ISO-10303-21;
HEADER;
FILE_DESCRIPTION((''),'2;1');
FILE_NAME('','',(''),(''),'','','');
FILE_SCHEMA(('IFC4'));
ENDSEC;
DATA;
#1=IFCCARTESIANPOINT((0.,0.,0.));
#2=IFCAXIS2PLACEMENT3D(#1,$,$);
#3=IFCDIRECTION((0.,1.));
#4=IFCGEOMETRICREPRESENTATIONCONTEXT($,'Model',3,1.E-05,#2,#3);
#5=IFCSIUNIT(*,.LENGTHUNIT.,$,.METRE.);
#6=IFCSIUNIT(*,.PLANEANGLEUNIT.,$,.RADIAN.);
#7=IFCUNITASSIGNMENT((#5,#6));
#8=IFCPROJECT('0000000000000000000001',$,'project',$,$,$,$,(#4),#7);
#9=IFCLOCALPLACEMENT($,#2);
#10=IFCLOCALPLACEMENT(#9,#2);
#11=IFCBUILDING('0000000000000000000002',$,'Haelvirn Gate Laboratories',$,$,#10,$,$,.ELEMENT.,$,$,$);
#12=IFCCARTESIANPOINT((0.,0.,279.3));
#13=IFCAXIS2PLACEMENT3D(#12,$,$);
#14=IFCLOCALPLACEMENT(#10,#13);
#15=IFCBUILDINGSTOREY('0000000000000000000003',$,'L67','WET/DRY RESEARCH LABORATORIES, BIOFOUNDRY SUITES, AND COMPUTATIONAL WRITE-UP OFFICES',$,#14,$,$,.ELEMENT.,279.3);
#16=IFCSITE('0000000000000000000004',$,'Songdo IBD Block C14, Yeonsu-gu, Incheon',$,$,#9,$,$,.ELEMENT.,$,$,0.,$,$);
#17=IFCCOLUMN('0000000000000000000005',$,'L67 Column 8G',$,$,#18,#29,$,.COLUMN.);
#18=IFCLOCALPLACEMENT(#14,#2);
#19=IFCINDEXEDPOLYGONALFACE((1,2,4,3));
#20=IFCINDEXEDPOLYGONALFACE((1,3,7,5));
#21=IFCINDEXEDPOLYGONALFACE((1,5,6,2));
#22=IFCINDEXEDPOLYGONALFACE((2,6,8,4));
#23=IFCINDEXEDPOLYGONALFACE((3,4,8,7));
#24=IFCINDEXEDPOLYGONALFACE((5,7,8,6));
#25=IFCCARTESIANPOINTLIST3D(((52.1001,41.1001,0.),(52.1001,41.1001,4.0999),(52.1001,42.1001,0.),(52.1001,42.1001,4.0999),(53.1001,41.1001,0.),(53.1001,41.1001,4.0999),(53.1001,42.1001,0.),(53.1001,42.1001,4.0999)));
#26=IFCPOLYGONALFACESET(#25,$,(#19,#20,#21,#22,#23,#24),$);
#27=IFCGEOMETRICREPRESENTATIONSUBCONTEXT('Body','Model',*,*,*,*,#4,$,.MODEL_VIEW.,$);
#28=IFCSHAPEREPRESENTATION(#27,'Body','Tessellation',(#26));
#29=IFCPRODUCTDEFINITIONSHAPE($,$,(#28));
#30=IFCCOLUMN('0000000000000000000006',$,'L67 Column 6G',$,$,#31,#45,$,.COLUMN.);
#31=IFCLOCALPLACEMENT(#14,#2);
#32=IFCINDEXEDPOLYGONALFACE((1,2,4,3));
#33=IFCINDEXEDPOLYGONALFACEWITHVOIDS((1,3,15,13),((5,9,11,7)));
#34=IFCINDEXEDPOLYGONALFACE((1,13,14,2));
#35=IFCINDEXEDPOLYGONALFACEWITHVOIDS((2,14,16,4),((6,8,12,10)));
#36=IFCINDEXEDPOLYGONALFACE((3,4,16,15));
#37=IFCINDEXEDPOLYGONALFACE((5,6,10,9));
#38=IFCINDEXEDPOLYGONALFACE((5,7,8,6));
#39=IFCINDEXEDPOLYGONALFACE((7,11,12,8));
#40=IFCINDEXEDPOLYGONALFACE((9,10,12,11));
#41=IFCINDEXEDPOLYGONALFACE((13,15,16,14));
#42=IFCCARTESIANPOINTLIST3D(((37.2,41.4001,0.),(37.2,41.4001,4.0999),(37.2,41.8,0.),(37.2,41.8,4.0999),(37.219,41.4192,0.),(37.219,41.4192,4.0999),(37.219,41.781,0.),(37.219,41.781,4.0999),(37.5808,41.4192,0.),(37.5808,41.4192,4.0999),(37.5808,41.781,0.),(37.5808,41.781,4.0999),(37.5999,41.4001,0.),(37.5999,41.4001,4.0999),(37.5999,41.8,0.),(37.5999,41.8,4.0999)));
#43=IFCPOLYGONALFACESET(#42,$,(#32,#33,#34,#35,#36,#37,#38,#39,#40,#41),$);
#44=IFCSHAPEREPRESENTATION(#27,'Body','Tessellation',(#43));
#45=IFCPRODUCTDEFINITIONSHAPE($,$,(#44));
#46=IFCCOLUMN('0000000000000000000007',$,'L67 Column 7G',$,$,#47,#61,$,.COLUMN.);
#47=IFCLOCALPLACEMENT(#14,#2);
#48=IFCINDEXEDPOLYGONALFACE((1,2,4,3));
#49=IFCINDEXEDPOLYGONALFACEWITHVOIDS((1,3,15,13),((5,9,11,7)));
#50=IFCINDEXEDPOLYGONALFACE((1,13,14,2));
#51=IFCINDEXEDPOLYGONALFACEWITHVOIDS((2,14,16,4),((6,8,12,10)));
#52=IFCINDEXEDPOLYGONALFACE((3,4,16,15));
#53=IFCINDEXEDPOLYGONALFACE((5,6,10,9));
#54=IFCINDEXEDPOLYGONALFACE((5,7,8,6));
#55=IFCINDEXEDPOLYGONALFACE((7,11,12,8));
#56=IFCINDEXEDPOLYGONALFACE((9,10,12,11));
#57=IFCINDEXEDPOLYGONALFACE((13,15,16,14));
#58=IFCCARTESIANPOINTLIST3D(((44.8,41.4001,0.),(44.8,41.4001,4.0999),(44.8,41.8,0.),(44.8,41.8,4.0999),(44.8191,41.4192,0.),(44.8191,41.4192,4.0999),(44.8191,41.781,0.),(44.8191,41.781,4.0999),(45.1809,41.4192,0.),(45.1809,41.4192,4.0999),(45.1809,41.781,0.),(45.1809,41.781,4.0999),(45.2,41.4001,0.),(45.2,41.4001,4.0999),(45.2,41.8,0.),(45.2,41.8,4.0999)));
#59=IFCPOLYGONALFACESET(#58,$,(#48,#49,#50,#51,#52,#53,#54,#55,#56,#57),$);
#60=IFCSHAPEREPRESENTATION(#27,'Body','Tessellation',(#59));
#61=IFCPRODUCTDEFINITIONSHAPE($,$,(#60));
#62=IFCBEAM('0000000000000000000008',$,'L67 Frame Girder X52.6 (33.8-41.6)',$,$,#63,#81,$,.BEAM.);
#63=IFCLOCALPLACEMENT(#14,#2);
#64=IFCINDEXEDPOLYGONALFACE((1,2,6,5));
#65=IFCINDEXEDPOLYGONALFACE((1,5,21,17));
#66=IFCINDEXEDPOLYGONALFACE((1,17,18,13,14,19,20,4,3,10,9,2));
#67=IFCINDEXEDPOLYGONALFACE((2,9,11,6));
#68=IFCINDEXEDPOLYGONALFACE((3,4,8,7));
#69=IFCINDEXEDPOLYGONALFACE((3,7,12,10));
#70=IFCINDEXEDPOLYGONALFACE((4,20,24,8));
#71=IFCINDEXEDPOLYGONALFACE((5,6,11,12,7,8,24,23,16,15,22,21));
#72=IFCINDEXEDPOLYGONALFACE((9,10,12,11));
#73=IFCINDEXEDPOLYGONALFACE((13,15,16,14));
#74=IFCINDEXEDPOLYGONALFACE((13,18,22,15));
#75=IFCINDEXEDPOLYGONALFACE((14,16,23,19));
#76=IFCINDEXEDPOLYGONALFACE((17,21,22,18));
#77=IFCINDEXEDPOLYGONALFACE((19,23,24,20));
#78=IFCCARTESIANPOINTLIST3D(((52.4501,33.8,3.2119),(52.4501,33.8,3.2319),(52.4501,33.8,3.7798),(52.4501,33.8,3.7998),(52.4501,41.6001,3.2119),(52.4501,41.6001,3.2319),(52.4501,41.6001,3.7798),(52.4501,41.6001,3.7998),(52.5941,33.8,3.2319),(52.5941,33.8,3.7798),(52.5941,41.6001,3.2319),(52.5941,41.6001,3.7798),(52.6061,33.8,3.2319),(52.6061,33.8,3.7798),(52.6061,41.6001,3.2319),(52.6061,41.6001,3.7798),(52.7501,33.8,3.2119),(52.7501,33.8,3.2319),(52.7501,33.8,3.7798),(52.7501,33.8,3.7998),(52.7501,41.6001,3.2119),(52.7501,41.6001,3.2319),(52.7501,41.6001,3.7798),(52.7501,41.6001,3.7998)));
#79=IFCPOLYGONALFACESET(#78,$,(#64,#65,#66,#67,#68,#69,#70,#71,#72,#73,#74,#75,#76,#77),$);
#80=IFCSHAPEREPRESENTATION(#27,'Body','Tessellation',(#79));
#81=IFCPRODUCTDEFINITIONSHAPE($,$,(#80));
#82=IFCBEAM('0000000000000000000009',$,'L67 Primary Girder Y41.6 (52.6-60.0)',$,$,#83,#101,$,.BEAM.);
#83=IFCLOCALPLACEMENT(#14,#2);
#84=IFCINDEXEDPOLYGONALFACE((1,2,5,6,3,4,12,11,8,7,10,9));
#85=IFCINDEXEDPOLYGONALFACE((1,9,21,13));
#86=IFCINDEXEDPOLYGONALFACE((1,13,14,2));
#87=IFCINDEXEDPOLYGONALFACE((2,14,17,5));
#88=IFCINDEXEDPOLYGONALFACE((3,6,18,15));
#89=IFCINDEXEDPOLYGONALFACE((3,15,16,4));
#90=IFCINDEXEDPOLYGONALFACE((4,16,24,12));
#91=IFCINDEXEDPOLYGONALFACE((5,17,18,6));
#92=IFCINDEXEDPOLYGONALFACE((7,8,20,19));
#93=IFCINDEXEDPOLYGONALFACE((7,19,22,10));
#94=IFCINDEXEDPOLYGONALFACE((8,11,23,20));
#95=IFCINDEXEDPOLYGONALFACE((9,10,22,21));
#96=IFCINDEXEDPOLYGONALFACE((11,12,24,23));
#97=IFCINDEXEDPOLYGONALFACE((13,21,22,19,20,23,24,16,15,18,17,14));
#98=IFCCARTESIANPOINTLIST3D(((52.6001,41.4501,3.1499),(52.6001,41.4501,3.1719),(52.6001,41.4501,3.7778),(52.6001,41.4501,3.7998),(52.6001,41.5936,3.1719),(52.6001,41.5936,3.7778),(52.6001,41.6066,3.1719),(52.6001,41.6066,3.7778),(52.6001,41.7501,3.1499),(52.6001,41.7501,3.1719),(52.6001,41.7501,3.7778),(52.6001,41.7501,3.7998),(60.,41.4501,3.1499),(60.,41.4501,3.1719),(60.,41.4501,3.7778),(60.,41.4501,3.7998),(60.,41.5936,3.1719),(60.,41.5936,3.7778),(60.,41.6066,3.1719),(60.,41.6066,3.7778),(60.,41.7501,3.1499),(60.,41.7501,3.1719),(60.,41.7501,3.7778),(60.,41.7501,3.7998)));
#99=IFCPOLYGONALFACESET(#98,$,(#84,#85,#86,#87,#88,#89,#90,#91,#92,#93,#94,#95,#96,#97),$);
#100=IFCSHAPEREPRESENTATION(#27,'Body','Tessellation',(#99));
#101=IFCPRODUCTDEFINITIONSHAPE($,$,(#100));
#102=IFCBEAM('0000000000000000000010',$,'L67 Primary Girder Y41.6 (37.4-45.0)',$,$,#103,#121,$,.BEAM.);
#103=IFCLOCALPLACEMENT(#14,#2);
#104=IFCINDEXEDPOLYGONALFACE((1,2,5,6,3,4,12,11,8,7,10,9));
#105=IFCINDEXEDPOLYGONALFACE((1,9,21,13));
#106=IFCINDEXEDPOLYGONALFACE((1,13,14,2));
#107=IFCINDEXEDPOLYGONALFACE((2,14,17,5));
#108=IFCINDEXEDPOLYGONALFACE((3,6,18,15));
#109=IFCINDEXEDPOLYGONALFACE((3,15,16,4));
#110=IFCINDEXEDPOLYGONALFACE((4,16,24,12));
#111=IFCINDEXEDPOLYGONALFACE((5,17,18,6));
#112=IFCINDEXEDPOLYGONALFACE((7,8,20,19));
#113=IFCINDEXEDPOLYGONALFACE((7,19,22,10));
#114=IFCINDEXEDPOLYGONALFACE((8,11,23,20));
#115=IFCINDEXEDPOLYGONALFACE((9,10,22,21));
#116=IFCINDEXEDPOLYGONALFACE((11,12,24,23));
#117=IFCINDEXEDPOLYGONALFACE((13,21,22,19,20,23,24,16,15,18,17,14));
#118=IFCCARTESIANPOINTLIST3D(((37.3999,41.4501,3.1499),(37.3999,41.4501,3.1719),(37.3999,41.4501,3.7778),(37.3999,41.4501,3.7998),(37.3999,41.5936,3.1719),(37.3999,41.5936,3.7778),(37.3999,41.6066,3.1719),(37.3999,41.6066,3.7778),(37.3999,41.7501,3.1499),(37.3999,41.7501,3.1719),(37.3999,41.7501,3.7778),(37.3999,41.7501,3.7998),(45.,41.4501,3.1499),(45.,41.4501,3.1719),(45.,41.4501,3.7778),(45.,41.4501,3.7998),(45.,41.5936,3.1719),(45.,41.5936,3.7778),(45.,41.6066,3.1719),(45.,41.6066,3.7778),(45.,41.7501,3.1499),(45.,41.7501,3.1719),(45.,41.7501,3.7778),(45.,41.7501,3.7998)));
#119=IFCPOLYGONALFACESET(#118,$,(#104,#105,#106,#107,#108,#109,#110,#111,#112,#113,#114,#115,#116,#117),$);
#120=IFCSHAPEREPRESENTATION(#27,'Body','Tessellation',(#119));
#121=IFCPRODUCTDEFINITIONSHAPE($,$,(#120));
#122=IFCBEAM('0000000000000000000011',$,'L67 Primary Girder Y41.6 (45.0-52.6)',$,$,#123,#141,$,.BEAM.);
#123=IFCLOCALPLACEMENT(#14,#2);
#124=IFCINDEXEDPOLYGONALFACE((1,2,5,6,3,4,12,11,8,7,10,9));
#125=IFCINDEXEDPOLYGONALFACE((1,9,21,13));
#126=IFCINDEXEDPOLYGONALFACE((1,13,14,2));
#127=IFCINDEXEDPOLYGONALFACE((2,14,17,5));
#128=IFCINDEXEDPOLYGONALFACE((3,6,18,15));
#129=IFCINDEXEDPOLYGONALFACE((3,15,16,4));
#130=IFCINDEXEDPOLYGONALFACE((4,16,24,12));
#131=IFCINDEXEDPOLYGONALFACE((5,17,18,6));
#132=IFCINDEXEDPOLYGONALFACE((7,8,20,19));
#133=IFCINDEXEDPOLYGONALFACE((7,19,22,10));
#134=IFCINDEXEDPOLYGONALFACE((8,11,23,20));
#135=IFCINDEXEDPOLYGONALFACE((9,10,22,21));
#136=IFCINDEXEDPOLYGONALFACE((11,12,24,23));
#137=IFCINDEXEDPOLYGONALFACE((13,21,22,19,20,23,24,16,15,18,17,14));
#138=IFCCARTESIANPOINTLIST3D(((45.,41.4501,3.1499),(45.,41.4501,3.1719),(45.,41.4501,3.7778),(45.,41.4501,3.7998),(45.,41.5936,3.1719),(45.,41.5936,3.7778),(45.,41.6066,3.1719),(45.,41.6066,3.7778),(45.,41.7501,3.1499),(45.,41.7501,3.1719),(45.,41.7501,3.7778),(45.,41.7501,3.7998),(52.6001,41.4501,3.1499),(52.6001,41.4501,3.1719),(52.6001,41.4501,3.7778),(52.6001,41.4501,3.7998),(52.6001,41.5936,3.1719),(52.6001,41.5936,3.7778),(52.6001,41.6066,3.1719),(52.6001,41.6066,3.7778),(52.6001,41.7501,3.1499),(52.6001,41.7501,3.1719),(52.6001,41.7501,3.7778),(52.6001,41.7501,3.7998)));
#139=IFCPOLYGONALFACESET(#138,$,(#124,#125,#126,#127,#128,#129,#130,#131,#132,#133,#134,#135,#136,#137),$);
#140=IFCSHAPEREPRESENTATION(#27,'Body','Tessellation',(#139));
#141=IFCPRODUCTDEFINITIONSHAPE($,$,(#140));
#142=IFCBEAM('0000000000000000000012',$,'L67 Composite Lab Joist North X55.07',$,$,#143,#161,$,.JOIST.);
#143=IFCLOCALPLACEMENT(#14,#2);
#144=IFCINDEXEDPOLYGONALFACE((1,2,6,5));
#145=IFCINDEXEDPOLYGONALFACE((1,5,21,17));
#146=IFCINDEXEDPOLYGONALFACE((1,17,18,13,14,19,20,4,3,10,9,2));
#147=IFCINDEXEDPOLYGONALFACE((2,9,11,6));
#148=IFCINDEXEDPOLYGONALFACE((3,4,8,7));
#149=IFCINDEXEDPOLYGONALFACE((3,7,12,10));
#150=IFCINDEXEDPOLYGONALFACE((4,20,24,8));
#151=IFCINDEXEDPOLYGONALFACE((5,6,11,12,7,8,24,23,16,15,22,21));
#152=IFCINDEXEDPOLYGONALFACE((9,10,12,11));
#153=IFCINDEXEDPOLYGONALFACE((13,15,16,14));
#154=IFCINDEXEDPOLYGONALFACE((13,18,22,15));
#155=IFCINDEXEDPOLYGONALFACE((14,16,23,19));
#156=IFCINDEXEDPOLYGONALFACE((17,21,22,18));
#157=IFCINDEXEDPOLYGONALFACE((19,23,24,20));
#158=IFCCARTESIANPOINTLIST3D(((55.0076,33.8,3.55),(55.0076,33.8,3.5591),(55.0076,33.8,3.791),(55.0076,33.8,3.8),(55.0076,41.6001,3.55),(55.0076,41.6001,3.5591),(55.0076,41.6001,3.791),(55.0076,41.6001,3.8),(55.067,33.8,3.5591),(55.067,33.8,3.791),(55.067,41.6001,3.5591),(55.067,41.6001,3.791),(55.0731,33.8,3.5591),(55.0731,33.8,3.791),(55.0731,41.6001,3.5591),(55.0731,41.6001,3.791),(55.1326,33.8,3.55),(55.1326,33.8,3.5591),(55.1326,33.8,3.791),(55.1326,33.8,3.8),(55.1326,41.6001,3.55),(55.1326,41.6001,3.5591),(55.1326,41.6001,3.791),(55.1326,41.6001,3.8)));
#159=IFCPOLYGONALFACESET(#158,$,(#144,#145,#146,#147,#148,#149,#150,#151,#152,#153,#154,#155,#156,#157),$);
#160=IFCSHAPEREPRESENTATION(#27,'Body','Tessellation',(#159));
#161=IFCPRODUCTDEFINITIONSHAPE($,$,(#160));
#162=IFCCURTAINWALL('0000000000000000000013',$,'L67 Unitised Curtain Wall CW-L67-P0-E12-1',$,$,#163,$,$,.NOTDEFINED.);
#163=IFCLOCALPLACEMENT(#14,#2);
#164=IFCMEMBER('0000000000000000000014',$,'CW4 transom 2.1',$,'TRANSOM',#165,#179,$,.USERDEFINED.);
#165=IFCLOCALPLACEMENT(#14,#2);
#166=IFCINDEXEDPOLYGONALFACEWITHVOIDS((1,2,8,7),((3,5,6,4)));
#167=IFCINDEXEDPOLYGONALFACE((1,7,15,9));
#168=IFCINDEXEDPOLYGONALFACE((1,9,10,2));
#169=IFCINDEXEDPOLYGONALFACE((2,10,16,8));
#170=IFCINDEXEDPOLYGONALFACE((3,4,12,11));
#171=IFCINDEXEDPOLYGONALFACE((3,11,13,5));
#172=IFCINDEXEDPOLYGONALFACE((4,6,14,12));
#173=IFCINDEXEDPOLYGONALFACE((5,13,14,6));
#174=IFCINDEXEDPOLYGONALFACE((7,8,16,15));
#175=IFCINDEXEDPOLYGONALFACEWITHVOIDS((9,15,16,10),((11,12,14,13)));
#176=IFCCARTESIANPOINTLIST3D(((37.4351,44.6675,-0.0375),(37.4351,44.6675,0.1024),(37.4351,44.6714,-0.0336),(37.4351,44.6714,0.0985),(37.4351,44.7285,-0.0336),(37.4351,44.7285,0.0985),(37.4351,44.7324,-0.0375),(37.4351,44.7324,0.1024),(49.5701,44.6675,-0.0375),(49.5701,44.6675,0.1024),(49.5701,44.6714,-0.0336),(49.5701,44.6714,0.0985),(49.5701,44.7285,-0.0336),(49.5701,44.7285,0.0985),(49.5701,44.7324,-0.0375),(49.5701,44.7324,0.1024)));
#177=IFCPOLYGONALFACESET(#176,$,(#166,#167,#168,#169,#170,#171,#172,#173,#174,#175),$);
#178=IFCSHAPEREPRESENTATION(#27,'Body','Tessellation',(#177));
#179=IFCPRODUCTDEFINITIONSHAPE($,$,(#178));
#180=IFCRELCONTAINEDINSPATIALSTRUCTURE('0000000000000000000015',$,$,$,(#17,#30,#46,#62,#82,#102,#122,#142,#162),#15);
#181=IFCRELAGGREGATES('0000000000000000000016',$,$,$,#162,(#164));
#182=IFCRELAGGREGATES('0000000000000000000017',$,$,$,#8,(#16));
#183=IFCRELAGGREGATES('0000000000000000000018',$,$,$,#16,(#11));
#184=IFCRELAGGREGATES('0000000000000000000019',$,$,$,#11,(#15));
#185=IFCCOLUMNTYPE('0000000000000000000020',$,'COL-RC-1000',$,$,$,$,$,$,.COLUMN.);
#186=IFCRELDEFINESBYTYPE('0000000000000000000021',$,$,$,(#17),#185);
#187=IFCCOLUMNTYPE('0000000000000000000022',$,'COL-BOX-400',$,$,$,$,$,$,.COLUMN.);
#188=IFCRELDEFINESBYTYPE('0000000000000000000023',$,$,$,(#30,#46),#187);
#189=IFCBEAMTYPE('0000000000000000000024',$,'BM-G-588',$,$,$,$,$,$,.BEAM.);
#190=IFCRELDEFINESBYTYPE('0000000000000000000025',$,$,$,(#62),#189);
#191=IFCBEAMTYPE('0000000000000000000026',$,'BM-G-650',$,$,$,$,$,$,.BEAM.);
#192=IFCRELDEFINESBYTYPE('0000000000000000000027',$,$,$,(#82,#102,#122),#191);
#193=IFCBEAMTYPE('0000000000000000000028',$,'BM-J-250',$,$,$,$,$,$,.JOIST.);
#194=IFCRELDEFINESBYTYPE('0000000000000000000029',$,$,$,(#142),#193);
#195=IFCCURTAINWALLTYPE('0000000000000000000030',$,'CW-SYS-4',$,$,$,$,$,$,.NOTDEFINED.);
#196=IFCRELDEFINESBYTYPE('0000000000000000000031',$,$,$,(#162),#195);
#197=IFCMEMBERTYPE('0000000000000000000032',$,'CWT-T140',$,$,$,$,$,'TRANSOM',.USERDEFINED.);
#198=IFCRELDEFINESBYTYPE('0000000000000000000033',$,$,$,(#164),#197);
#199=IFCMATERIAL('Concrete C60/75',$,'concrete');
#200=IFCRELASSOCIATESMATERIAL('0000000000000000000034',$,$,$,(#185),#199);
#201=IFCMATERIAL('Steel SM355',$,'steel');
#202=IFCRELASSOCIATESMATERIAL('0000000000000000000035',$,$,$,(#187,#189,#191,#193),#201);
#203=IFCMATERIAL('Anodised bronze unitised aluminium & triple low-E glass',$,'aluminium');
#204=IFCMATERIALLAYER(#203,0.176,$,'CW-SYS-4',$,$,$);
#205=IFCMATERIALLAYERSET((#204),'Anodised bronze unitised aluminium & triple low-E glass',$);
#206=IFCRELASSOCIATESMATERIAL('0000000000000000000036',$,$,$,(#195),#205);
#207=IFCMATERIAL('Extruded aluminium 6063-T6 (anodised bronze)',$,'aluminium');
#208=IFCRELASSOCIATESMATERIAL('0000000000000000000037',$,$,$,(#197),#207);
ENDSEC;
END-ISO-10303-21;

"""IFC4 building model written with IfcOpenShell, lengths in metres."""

from ifc_helpers import new_model, si_unit, direction, frame, origin, origin_2d, place, context, subcontext, project, spatial, rectangle, hollow_rectangle, i_section, extrude, source, transform, mapped, material, layer, layer_set, material_profile, profile_set, type_object, type_shapes, element, aggregate, save


model = new_model("IFC4")

# Units and contexts
model_context = context("Model", 3, precision=1e-05, world=origin(), true_north=direction((0.0, 1.0)))
body_context = subcontext(model_context, "Body", "Model", "MODEL_VIEW")
ifc_project = project(units=[si_unit("LENGTHUNIT", "METRE"), si_unit("PLANEANGLEUNIT", "RADIAN")], contexts=[model_context])

# Site, building, storey
site_placement = place(None, origin())
site = spatial("IfcSite", under=ifc_project, at=site_placement, Name="Songdo IBD Block C14, Yeonsu-gu, Incheon", CompositionType="ELEMENT", RefElevation=0.0)
building_placement = place(site_placement, origin())
building = spatial("IfcBuilding", under=site, at=building_placement, Name="Haelvirn Gate Laboratories", CompositionType="ELEMENT")
storey_placement = place(building_placement, frame((0.0, 0.0, 279.3)))
storey = spatial("IfcBuildingStorey", under=building, at=storey_placement, Name="L67", Description="WET/DRY RESEARCH LABORATORIES, BIOFOUNDRY SUITES, AND COMPUTATIONAL WRITE-UP OFFICES", CompositionType="ELEMENT", Elevation=279.3)

# Columns
ifc_material_1 = material(Name="Concrete C60/75", Category="concrete")
ifc_material_profile_1 = material_profile(ifc_material_1, rectangle(XDim=1.0, YDim=1.0, at=origin_2d()), Name="RC-1000x1000")
ifc_profile_set_1 = profile_set([ifc_material_profile_1], Name="Concrete C60/75")
column_type_1 = type_object("IfcColumnType", Name="COL-RC-1000", PredefinedType="COLUMN", material=ifc_profile_set_1)
shared_shape_1 = source(origin(), body_context, "Body", "SweptSolid", [
    extrude(rectangle(XDim=1.0, YDim=1.0, at=origin_2d()), origin(), (0.0, 0.0, 1.0), 4.0999),
])
type_shapes(column_type_1, [shared_shape_1])
column_placement = place(storey_placement, frame((52.6001, 41.6001, 0.0), z_axis=(0.0, 0.0, 1.0), x_axis=(1.0, 0.0, 0.0)))
element("IfcColumn", 1, at=column_placement, inside=storey, type_object=column_type_1, Name="L67 Column 8G", PredefinedType="COLUMN", context=body_context, shape_type="MappedRepresentation", body=[
    mapped(shared_shape_1, transform((0.0, 0.0, 0.0), scale=1.0)),
])
ifc_material_2 = material(Name="Steel SM355", Category="steel")
ifc_material_profile_2 = material_profile(ifc_material_2, hollow_rectangle(XDim=0.3999, YDim=0.3999, WallThickness=0.019, at=origin_2d()), Name="BOX-400x400x19")
ifc_profile_set_2 = profile_set([ifc_material_profile_2], Name="Steel SM355")
column_type_2 = type_object("IfcColumnType", Name="COL-BOX-400", PredefinedType="COLUMN", material=ifc_profile_set_2)
shared_shape_2 = source(origin(), body_context, "Body", "SweptSolid", [
    extrude(hollow_rectangle(XDim=0.3999, YDim=0.3999, WallThickness=0.019, at=origin_2d()), origin(), (0.0, 0.0, 1.0), 4.0999),
])
type_shapes(column_type_2, [shared_shape_2])
for number, where, z_axis, x_axis, name in (
    (2, (37.3999, 41.6001, 0.0), (0.0, 0.0, 1.0), (1.0, 0.0, 0.0), "L67 Column 6G"),
    (3, (45.0, 41.6001, 0.0), (0.0, 0.0, 1.0), (1.0, 0.0, 0.0), "L67 Column 7G"),
):
    element("IfcColumn", number, at=place(storey_placement, frame(where, z_axis=z_axis, x_axis=x_axis)), inside=storey, type_object=column_type_2, Name=name, PredefinedType="COLUMN", context=body_context, shape_type="MappedRepresentation", body=[
        mapped(shared_shape_2, transform((0.0, 0.0, 0.0), scale=1.0)),
    ])

# Beams
ifc_material_profile_3 = material_profile(ifc_material_2, i_section(OverallWidth=0.3, OverallDepth=0.5879, WebThickness=0.012, FlangeThickness=0.02, at=origin_2d()), Name="H-588x300x12x20")
ifc_profile_set_3 = profile_set([ifc_material_profile_3], Name="Steel SM355")
beam_type_1 = type_object("IfcBeamType", Name="BM-G-588", PredefinedType="BEAM", material=ifc_profile_set_3)
shared_shape_3 = source(origin(), body_context, "Body", "SweptSolid", [
    extrude(i_section(OverallWidth=0.3, OverallDepth=0.5879, WebThickness=0.012, FlangeThickness=0.02, at=origin_2d()), origin(), (0.0, 0.0, 1.0), 7.8),
])
type_shapes(beam_type_1, [shared_shape_3])
beam_1_placement = place(storey_placement, frame((52.6001, 33.8, 3.5059), z_axis=(0.0, 1.0, 0.0), x_axis=(-1.0, 0.0, 0.0)))
element("IfcBeam", 4, at=beam_1_placement, inside=storey, type_object=beam_type_1, Name="L67 Frame Girder X52.6 (33.8-41.6)", PredefinedType="BEAM", context=body_context, shape_type="MappedRepresentation", body=[
    mapped(shared_shape_3, transform((0.0, 0.0, 0.0), scale=1.0)),
])
ifc_material_profile_4 = material_profile(ifc_material_2, i_section(OverallWidth=0.3, OverallDepth=0.6499, WebThickness=0.0129, FlangeThickness=0.022, at=origin_2d()), Name="H-650x300x13x22")
ifc_profile_set_4 = profile_set([ifc_material_profile_4], Name="Steel SM355")
beam_type_2 = type_object("IfcBeamType", Name="BM-G-650", PredefinedType="BEAM", material=ifc_profile_set_4)
shared_shape_4 = source(origin(), body_context, "Body", "SweptSolid", [
    extrude(i_section(OverallWidth=0.3, OverallDepth=0.6499, WebThickness=0.0129, FlangeThickness=0.022, at=origin_2d()), origin(), (0.0, 0.0, 1.0), 7.3999),
])
beam_2_placement = place(storey_placement, frame((52.6001, 41.6001, 3.4749), z_axis=(1.0, 0.0, 0.0), x_axis=(0.0, 1.0, 0.0)))
element("IfcBeam", 5, at=beam_2_placement, inside=storey, type_object=beam_type_2, Name="L67 Primary Girder Y41.6 (52.6-60.0)", PredefinedType="BEAM", context=body_context, shape_type="MappedRepresentation", body=[
    mapped(shared_shape_4, transform((0.0, 0.0, 0.0), scale=1.0)),
])
shared_shape_5 = source(origin(), body_context, "Body", "SweptSolid", [
    extrude(i_section(OverallWidth=0.3, OverallDepth=0.6499, WebThickness=0.0129, FlangeThickness=0.022, at=origin_2d()), origin(), (0.0, 0.0, 1.0), 7.6001),
])
type_shapes(beam_type_2, [shared_shape_4, shared_shape_5])
for number, where, z_axis, x_axis, name in (
    (6, (37.3999, 41.6001, 3.4749), (1.0, 0.0, 0.0), (0.0, 1.0, 0.0), "L67 Primary Girder Y41.6 (37.4-45.0)"),
    (7, (45.0, 41.6001, 3.4749), (1.0, 0.0, 0.0), (0.0, 1.0, 0.0), "L67 Primary Girder Y41.6 (45.0-52.6)"),
):
    element("IfcBeam", number, at=place(storey_placement, frame(where, z_axis=z_axis, x_axis=x_axis)), inside=storey, type_object=beam_type_2, Name=name, PredefinedType="BEAM", context=body_context, shape_type="MappedRepresentation", body=[
        mapped(shared_shape_5, transform((0.0, 0.0, 0.0), scale=1.0)),
    ])
ifc_material_profile_5 = material_profile(ifc_material_2, i_section(OverallWidth=0.125, OverallDepth=0.25, WebThickness=0.0061, FlangeThickness=0.009, at=origin_2d()), Name="H-250x125x6x9")
ifc_profile_set_5 = profile_set([ifc_material_profile_5], Name="Steel SM355")
beam_type_3 = type_object("IfcBeamType", Name="BM-J-250", PredefinedType="JOIST", material=ifc_profile_set_5)
shared_shape_6 = source(origin(), body_context, "Body", "SweptSolid", [
    extrude(i_section(OverallWidth=0.125, OverallDepth=0.25, WebThickness=0.0061, FlangeThickness=0.009, at=origin_2d()), origin(), (0.0, 0.0, 1.0), 7.8),
])
type_shapes(beam_type_3, [shared_shape_6])
beam_3_placement = place(storey_placement, frame((55.0701, 33.8, 3.675), z_axis=(0.0, 1.0, 0.0), x_axis=(-1.0, 0.0, 0.0)))
element("IfcBeam", 8, at=beam_3_placement, inside=storey, type_object=beam_type_3, Name="L67 Composite Lab Joist North X55.07", PredefinedType="JOIST", context=body_context, shape_type="MappedRepresentation", body=[
    mapped(shared_shape_6, transform((0.0, 0.0, 0.0), scale=1.0)),
])

# Curtain wall, member
ifc_material_3 = material(Name="Anodised bronze unitised aluminium & triple low-E glass", Category="aluminium")
ifc_layer_1 = layer(ifc_material_3, 0.176, Name="CW-SYS-4")
ifc_layer_set_1 = layer_set([ifc_layer_1], Name="Anodised bronze unitised aluminium & triple low-E glass")
curtain_wall_type = type_object("IfcCurtainWallType", Name="CW-SYS-4", PredefinedType="NOTDEFINED", material=ifc_layer_set_1)
curtain_wall_1_placement = place(storey_placement, origin())
curtain_wall_1 = element("IfcCurtainWall", 9, at=curtain_wall_1_placement, inside=storey, type_object=curtain_wall_type, Name="L67 Unitised Curtain Wall CW-L67-P0-E12-1", PredefinedType="NOTDEFINED")
ifc_material_4 = material(Name="Extruded aluminium 6063-T6 (anodised bronze)", Category="aluminium")
ifc_material_profile_6 = material_profile(ifc_material_4, hollow_rectangle(XDim=0.0649, YDim=0.1399, WallThickness=0.0039, at=origin_2d()), Name="CWT-140x65x4")
ifc_profile_set_6 = profile_set([ifc_material_profile_6], Name="Extruded aluminium 6063-T6 (anodised bronze)")
member_type_1 = type_object("IfcMemberType", Name="CWT-T140", ElementType="TRANSOM", PredefinedType="USERDEFINED", material=ifc_profile_set_6)
shared_shape_7 = source(origin(), body_context, "Body", "SweptSolid", [
    extrude(hollow_rectangle(XDim=0.0649, YDim=0.1399, WallThickness=0.0039, at=origin_2d()), origin(), (0.0, 0.0, 1.0), 12.135),
])
member_1_placement = place(storey_placement, frame((37.4351, 44.7, 0.0325), z_axis=(1.0, 0.0, 0.0), x_axis=(0.0, 1.0, 0.0)))
member_1 = element("IfcMember", 10, at=member_1_placement, type_object=member_type_1, Name="CW4 transom 2.1", ObjectType="TRANSOM", PredefinedType="USERDEFINED", context=body_context, shape_type="MappedRepresentation", body=[
    mapped(shared_shape_7, transform((0.0, 0.0, 0.0), scale=1.0)),
])

aggregate(curtain_wall_1, [member_1])

save(model, "model.ifc")
